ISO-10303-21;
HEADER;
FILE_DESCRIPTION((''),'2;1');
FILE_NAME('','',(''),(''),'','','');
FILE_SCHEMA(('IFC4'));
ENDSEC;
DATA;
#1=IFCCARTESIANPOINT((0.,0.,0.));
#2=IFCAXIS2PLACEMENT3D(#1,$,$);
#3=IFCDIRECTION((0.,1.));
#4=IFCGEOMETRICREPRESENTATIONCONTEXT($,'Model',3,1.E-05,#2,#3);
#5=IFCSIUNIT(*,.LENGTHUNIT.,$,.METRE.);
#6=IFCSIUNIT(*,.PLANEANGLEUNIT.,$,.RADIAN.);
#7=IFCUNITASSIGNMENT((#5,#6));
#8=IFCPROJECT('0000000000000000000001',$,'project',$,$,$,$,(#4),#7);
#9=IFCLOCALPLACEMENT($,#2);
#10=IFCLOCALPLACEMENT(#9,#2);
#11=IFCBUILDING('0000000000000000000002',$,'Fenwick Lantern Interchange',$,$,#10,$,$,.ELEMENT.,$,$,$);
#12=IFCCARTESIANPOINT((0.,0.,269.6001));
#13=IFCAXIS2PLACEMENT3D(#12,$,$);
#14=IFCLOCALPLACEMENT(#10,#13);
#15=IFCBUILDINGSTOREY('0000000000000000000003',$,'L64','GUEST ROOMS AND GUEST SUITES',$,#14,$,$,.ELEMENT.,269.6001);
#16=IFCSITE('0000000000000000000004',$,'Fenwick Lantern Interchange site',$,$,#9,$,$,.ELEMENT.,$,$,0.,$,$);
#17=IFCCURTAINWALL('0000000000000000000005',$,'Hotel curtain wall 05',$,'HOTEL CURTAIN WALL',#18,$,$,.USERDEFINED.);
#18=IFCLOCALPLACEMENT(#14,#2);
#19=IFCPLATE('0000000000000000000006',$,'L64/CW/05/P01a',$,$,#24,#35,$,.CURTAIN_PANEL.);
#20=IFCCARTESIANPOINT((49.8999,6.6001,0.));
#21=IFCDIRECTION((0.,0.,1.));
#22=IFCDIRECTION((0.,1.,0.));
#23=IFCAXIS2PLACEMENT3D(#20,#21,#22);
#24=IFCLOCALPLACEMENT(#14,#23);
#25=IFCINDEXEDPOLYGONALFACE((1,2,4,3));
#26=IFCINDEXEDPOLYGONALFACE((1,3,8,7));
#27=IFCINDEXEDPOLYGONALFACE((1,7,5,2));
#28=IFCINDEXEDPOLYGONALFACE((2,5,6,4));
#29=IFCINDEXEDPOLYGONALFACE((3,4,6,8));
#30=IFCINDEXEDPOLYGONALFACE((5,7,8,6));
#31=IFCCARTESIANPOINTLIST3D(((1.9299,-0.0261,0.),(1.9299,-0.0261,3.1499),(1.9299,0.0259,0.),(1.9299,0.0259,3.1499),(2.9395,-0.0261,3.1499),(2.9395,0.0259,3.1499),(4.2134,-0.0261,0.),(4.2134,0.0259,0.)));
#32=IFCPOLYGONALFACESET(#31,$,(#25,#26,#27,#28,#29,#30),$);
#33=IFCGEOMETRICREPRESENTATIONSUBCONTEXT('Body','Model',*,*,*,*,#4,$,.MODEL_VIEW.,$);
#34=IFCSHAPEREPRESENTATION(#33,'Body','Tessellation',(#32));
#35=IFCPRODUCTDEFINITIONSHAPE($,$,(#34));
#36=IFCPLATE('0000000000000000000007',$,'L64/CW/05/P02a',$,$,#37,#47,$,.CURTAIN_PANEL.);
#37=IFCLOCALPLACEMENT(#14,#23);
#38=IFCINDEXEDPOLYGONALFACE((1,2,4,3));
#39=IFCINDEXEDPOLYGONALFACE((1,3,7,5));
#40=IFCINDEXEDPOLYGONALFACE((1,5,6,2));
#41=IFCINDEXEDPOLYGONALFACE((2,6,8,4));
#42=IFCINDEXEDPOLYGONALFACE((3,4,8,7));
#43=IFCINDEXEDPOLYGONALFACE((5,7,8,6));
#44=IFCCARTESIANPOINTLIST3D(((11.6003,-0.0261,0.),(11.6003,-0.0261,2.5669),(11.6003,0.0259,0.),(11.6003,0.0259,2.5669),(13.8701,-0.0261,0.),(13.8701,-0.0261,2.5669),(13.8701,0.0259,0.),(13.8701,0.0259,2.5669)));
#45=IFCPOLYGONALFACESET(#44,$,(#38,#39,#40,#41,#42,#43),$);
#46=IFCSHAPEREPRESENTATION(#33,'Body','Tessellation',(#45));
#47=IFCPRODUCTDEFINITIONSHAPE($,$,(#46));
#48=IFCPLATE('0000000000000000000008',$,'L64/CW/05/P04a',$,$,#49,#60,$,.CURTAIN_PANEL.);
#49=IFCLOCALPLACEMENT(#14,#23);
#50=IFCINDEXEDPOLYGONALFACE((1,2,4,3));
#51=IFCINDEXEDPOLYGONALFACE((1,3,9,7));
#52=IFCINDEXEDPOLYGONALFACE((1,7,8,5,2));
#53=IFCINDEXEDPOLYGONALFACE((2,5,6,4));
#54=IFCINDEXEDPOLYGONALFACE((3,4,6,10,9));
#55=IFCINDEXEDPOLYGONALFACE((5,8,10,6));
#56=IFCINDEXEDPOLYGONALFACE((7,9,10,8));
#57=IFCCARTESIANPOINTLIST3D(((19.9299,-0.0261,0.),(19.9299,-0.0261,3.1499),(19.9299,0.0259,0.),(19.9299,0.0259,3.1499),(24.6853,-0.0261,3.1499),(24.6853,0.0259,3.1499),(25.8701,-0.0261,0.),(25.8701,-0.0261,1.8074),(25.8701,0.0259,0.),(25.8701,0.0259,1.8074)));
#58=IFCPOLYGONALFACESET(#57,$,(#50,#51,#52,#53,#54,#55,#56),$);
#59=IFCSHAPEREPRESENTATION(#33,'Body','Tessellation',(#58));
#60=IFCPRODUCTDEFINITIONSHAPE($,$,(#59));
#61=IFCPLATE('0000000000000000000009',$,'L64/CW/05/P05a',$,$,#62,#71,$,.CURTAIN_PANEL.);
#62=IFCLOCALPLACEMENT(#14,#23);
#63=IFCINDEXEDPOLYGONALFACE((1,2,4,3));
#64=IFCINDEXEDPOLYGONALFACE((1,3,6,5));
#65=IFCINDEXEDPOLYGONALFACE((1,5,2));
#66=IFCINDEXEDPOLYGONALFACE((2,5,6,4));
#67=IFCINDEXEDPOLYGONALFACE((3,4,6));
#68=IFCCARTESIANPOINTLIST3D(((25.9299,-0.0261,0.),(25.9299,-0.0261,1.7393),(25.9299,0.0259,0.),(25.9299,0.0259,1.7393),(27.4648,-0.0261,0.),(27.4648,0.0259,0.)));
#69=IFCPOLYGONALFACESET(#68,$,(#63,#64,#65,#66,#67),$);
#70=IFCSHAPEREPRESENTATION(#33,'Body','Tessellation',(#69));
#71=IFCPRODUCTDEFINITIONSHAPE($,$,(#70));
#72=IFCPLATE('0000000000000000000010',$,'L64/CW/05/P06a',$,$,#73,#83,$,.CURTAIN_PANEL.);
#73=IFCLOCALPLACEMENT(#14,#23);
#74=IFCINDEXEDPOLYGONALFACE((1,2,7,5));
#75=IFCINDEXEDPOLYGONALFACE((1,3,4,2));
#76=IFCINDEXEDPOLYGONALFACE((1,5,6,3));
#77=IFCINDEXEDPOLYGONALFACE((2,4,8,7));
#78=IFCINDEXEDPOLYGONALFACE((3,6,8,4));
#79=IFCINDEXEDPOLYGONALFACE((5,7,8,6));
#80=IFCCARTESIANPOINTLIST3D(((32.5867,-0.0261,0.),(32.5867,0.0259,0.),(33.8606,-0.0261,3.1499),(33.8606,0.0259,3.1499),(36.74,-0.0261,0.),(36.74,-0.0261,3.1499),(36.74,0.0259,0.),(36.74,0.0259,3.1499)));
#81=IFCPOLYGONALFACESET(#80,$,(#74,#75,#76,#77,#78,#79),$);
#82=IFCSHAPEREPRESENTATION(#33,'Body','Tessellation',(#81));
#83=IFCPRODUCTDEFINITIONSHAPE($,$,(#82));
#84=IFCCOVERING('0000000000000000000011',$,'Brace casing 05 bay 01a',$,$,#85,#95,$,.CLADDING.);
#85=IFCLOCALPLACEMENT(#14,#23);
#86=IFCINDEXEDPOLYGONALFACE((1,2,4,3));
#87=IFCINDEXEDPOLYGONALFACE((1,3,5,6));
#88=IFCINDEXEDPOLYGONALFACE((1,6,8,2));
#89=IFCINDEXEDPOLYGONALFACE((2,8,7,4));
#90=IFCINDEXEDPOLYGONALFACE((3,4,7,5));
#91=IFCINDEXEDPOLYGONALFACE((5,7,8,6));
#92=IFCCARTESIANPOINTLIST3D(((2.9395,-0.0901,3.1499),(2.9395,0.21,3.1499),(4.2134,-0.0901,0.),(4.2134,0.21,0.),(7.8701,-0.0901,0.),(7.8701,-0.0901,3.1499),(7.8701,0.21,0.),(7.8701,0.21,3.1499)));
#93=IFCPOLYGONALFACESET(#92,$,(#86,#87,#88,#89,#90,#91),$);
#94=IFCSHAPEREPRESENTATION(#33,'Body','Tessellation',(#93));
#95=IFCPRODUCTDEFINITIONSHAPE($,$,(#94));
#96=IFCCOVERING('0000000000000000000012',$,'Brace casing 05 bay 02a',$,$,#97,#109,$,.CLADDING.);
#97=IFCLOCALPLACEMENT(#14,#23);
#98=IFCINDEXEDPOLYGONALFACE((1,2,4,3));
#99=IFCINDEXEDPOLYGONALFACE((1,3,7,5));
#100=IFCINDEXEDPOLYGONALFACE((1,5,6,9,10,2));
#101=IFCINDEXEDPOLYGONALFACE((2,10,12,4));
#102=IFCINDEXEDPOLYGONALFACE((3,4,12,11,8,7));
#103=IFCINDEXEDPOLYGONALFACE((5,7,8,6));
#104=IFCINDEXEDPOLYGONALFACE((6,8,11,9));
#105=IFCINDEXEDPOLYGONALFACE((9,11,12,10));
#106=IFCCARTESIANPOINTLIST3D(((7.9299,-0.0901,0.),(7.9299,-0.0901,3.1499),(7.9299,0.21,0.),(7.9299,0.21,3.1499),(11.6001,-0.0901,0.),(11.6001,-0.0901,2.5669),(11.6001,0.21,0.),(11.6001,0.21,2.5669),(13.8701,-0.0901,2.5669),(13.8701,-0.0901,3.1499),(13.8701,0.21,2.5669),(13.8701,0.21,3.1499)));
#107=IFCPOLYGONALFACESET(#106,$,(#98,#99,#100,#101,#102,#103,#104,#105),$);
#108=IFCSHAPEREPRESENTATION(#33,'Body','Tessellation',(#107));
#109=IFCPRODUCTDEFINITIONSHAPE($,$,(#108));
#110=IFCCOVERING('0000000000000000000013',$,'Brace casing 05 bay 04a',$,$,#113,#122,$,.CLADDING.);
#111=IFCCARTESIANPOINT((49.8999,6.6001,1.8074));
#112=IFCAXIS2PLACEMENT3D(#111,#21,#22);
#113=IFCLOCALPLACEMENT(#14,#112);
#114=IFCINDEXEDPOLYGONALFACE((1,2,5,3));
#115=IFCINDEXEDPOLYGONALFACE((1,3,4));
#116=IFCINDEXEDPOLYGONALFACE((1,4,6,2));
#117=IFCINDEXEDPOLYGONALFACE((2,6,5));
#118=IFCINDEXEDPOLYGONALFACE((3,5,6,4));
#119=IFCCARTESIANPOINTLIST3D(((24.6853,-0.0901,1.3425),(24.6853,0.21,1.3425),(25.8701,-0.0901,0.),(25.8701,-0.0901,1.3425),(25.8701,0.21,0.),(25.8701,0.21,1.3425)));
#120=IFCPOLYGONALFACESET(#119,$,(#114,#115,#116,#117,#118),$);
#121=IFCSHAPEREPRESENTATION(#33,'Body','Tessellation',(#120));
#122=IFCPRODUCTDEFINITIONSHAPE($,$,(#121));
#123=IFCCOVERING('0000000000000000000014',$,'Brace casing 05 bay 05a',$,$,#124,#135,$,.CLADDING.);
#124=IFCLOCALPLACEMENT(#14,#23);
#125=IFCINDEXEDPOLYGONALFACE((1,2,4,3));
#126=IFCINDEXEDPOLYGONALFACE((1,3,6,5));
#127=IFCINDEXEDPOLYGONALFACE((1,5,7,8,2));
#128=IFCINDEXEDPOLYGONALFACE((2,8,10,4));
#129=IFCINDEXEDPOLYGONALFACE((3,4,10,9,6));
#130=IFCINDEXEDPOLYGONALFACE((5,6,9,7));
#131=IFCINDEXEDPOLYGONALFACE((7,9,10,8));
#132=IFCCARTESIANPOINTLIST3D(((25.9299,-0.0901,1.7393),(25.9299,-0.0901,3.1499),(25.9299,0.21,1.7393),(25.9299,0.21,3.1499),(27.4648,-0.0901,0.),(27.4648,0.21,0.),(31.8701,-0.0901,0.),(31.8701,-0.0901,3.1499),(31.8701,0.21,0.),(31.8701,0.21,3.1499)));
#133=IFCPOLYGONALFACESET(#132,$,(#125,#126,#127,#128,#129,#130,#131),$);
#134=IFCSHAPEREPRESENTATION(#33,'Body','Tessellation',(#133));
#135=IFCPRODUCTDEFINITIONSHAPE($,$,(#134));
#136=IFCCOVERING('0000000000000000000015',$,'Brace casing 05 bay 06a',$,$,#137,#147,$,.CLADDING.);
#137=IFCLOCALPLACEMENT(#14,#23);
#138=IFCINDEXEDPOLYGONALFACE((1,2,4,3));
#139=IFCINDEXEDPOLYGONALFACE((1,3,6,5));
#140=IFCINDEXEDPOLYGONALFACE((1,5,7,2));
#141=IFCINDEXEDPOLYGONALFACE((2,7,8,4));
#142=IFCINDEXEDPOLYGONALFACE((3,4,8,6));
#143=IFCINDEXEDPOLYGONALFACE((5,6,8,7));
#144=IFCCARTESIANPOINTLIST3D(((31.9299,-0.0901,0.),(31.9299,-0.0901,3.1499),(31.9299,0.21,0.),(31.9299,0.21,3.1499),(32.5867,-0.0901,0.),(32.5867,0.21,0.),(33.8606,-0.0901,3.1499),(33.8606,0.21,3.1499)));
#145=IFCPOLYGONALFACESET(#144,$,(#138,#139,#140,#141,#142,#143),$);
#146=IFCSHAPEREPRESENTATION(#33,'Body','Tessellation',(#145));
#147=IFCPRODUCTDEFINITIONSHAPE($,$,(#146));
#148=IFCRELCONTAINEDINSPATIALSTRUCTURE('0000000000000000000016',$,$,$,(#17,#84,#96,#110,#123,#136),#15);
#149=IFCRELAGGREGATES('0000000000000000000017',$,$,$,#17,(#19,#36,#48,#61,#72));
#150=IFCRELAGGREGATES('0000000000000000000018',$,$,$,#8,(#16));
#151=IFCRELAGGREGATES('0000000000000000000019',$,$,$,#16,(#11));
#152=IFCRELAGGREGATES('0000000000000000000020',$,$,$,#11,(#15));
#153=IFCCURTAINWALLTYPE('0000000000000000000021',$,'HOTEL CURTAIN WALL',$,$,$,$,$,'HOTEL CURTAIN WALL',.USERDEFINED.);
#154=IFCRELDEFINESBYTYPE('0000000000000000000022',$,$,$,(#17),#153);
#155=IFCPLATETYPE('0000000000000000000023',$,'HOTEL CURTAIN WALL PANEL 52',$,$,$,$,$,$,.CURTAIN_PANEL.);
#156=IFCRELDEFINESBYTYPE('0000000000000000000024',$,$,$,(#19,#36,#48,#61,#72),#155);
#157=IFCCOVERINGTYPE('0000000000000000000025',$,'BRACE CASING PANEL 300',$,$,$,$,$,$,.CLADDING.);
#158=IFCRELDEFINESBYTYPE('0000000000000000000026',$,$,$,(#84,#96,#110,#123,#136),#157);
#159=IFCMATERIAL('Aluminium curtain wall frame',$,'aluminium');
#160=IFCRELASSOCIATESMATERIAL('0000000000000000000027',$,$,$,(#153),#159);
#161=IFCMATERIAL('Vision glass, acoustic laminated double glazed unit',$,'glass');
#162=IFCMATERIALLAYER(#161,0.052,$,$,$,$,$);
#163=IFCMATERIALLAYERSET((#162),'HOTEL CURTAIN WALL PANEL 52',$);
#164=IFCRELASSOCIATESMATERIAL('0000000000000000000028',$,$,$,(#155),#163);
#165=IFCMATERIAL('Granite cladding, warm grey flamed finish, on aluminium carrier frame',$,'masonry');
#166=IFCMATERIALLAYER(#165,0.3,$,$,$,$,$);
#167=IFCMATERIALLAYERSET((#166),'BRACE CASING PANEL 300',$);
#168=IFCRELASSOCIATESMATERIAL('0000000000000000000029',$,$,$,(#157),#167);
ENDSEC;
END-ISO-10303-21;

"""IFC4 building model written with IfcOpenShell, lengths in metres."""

from ifc_helpers import new_model, si_unit, direction, frame, origin, place, context, subcontext, project, spatial, polyline, outline, extrude, material, layer, layer_set, type_object, element, aggregate, save


model = new_model("IFC4")

# Units and contexts
model_context = context("Model", 3, precision=1e-05, world=origin(), true_north=direction((0.0, 1.0)))
body_context = subcontext(model_context, "Body", "Model", "MODEL_VIEW")
ifc_project = project(units=[si_unit("LENGTHUNIT", "METRE"), si_unit("PLANEANGLEUNIT", "RADIAN")], contexts=[model_context])

# Site, building, storey
site_placement = place(None, origin())
site = spatial("IfcSite", under=ifc_project, at=site_placement, Name="Fenwick Lantern Interchange site", CompositionType="ELEMENT", RefElevation=0.0)
building_placement = place(site_placement, origin())
building = spatial("IfcBuilding", under=site, at=building_placement, Name="Fenwick Lantern Interchange", CompositionType="ELEMENT")
storey_placement = place(building_placement, frame((0.0, 0.0, 269.6001)))
storey = spatial("IfcBuildingStorey", under=building, at=storey_placement, Name="L64", Description="GUEST ROOMS AND GUEST SUITES", CompositionType="ELEMENT", Elevation=269.6001)

# Shared definitions
ifc_material_1 = material(Name="Aluminium curtain wall frame", Category="aluminium")
curtain_wall_type = type_object("IfcCurtainWallType", Name="HOTEL CURTAIN WALL", ElementType="HOTEL CURTAIN WALL", PredefinedType="USERDEFINED", material=ifc_material_1)

# Curtain wall
curtain_wall_1_placement = place(storey_placement, origin())
curtain_wall_1 = element("IfcCurtainWall", 1, at=curtain_wall_1_placement, inside=storey, type_object=curtain_wall_type, Name="Hotel curtain wall 05", ObjectType="HOTEL CURTAIN WALL", PredefinedType="USERDEFINED")

# Plates
ifc_material_2 = material(Name="Vision glass, acoustic laminated double glazed unit", Category="glass")
ifc_layer_1 = layer(ifc_material_2, 0.052)
ifc_layer_set_1 = layer_set([ifc_layer_1], Name="HOTEL CURTAIN WALL PANEL 52")
plate_type = type_object("IfcPlateType", Name="HOTEL CURTAIN WALL PANEL 52", PredefinedType="CURTAIN_PANEL", material=ifc_layer_set_1)
plate_1_placement = place(storey_placement, frame((49.8999, 6.6001, 0.0), z_axis=(0.0, 0.0, 1.0), x_axis=(0.0, 1.0, 0.0)))
plate_1 = element("IfcPlate", 2, at=plate_1_placement, type_object=plate_type, Name="L64/CW/05/P01a", PredefinedType="CURTAIN_PANEL", context=body_context, shape_type="SweptSolid", body=[
    extrude(outline(polyline([(1.9299, 0.0), (4.2134, 0.0), (2.9395, 3.1499), (1.9299, 3.1499), (1.9299, 0.0)])), frame((0.0, 0.0259, 0.0), z_axis=(0.0, -1.0, 0.0), x_axis=(1.0, 0.0, 0.0)), (0.0, 0.0, 1.0), 0.052),
])
plate_2_placement = place(storey_placement, frame((49.8999, 6.6001, 0.0), z_axis=(0.0, 0.0, 1.0), x_axis=(0.0, 1.0, 0.0)))
plate_2 = element("IfcPlate", 3, at=plate_2_placement, type_object=plate_type, Name="L64/CW/05/P02a", PredefinedType="CURTAIN_PANEL", context=body_context, shape_type="SweptSolid", body=[
    extrude(outline(polyline([(11.6003, 0.0), (13.8701, 0.0), (13.8701, 2.5669), (11.6003, 2.5669), (11.6003, 0.0)])), frame((0.0, 0.0259, 0.0), z_axis=(0.0, -1.0, 0.0), x_axis=(1.0, 0.0, 0.0)), (0.0, 0.0, 1.0), 0.052),
])
plate_3_placement = place(storey_placement, frame((49.8999, 6.6001, 0.0), z_axis=(0.0, 0.0, 1.0), x_axis=(0.0, 1.0, 0.0)))
plate_3 = element("IfcPlate", 4, at=plate_3_placement, type_object=plate_type, Name="L64/CW/05/P04a", PredefinedType="CURTAIN_PANEL", context=body_context, shape_type="SweptSolid", body=[
    extrude(outline(polyline([(19.9299, 0.0), (25.8701, 0.0), (25.8701, 1.8074), (24.6853, 3.1499), (19.9299, 3.1499), (19.9299, 0.0)])), frame((0.0, 0.0259, 0.0), z_axis=(0.0, -1.0, 0.0), x_axis=(1.0, 0.0, 0.0)), (0.0, 0.0, 1.0), 0.052),
])
plate_4_placement = place(storey_placement, frame((49.8999, 6.6001, 0.0), z_axis=(0.0, 0.0, 1.0), x_axis=(0.0, 1.0, 0.0)))
plate_4 = element("IfcPlate", 5, at=plate_4_placement, type_object=plate_type, Name="L64/CW/05/P05a", PredefinedType="CURTAIN_PANEL", context=body_context, shape_type="SweptSolid", body=[
    extrude(outline(polyline([(25.9299, 0.0), (27.4648, 0.0), (25.9299, 1.7393), (25.9299, 0.0)])), frame((0.0, 0.0259, 0.0), z_axis=(0.0, -1.0, 0.0), x_axis=(1.0, 0.0, 0.0)), (0.0, 0.0, 1.0), 0.052),
])
plate_5_placement = place(storey_placement, frame((49.8999, 6.6001, 0.0), z_axis=(0.0, 0.0, 1.0), x_axis=(0.0, 1.0, 0.0)))
plate_5 = element("IfcPlate", 6, at=plate_5_placement, type_object=plate_type, Name="L64/CW/05/P06a", PredefinedType="CURTAIN_PANEL", context=body_context, shape_type="SweptSolid", body=[
    extrude(outline(polyline([(32.5867, 0.0), (36.74, 0.0), (36.74, 3.1499), (33.8606, 3.1499), (32.5867, 0.0)])), frame((0.0, 0.0259, 0.0), z_axis=(0.0, -1.0, 0.0), x_axis=(1.0, 0.0, 0.0)), (0.0, 0.0, 1.0), 0.052),
])
aggregate(curtain_wall_1, [plate_1, plate_2, plate_3, plate_4, plate_5])

# Coverings
ifc_material_3 = material(Name="Granite cladding, warm grey flamed finish, on aluminium carrier frame", Category="masonry")
ifc_layer_2 = layer(ifc_material_3, 0.3)
ifc_layer_set_2 = layer_set([ifc_layer_2], Name="BRACE CASING PANEL 300")
covering_type = type_object("IfcCoveringType", Name="BRACE CASING PANEL 300", PredefinedType="CLADDING", material=ifc_layer_set_2)
covering_1_placement = place(storey_placement, frame((49.8999, 6.6001, 0.0), z_axis=(0.0, 0.0, 1.0), x_axis=(0.0, 1.0, 0.0)))
element("IfcCovering", 7, at=covering_1_placement, inside=storey, type_object=covering_type, Name="Brace casing 05 bay 01a", PredefinedType="CLADDING", context=body_context, shape_type="SweptSolid", body=[
    extrude(outline(polyline([(4.2134, 0.0), (7.8701, 0.0), (7.8701, 3.1499), (2.9395, 3.1499), (4.2134, 0.0)])), frame((0.0, 0.21, 0.0), z_axis=(0.0, -1.0, 0.0), x_axis=(1.0, 0.0, 0.0)), (0.0, 0.0, 1.0), 0.3),
])
covering_2_placement = place(storey_placement, frame((49.8999, 6.6001, 0.0), z_axis=(0.0, 0.0, 1.0), x_axis=(0.0, 1.0, 0.0)))
element("IfcCovering", 8, at=covering_2_placement, inside=storey, type_object=covering_type, Name="Brace casing 05 bay 02a", PredefinedType="CLADDING", context=body_context, shape_type="SweptSolid", body=[
    extrude(outline(polyline([(7.9299, 0.0), (11.6001, 0.0), (11.6001, 2.5669), (13.8701, 2.5669), (13.8701, 3.1499), (7.9299, 3.1499), (7.9299, 0.0)])), frame((0.0, 0.21, 0.0), z_axis=(0.0, -1.0, 0.0), x_axis=(1.0, 0.0, 0.0)), (0.0, 0.0, 1.0), 0.3),
])
covering_3_placement = place(storey_placement, frame((49.8999, 6.6001, 1.8074), z_axis=(0.0, 0.0, 1.0), x_axis=(0.0, 1.0, 0.0)))
element("IfcCovering", 9, at=covering_3_placement, inside=storey, type_object=covering_type, Name="Brace casing 05 bay 04a", PredefinedType="CLADDING", context=body_context, shape_type="SweptSolid", body=[
    extrude(outline(polyline([(25.8701, 0.0), (25.8701, 1.3425), (24.6853, 1.3425), (25.8701, 0.0)])), frame((0.0, 0.21, 0.0), z_axis=(0.0, -1.0, 0.0), x_axis=(1.0, 0.0, 0.0)), (0.0, 0.0, 1.0), 0.3),
])
covering_4_placement = place(storey_placement, frame((49.8999, 6.6001, 0.0), z_axis=(0.0, 0.0, 1.0), x_axis=(0.0, 1.0, 0.0)))
element("IfcCovering", 10, at=covering_4_placement, inside=storey, type_object=covering_type, Name="Brace casing 05 bay 05a", PredefinedType="CLADDING", context=body_context, shape_type="SweptSolid", body=[
    extrude(outline(polyline([(27.4648, 0.0), (31.8701, 0.0), (31.8701, 3.1499), (25.9299, 3.1499), (25.9299, 1.7393), (27.4648, 0.0)])), frame((0.0, 0.21, 0.0), z_axis=(0.0, -1.0, 0.0), x_axis=(1.0, 0.0, 0.0)), (0.0, 0.0, 1.0), 0.3),
])
covering_5_placement = place(storey_placement, frame((49.8999, 6.6001, 0.0), z_axis=(0.0, 0.0, 1.0), x_axis=(0.0, 1.0, 0.0)))
element("IfcCovering", 11, at=covering_5_placement, inside=storey, type_object=covering_type, Name="Brace casing 05 bay 06a", PredefinedType="CLADDING", context=body_context, shape_type="SweptSolid", body=[
    extrude(outline(polyline([(31.9299, 0.0), (32.5867, 0.0), (33.8606, 3.1499), (31.9299, 3.1499), (31.9299, 0.0)])), frame((0.0, 0.21, 0.0), z_axis=(0.0, -1.0, 0.0), x_axis=(1.0, 0.0, 0.0)), (0.0, 0.0, 1.0), 0.3),
])

save(model, "model.ifc")
